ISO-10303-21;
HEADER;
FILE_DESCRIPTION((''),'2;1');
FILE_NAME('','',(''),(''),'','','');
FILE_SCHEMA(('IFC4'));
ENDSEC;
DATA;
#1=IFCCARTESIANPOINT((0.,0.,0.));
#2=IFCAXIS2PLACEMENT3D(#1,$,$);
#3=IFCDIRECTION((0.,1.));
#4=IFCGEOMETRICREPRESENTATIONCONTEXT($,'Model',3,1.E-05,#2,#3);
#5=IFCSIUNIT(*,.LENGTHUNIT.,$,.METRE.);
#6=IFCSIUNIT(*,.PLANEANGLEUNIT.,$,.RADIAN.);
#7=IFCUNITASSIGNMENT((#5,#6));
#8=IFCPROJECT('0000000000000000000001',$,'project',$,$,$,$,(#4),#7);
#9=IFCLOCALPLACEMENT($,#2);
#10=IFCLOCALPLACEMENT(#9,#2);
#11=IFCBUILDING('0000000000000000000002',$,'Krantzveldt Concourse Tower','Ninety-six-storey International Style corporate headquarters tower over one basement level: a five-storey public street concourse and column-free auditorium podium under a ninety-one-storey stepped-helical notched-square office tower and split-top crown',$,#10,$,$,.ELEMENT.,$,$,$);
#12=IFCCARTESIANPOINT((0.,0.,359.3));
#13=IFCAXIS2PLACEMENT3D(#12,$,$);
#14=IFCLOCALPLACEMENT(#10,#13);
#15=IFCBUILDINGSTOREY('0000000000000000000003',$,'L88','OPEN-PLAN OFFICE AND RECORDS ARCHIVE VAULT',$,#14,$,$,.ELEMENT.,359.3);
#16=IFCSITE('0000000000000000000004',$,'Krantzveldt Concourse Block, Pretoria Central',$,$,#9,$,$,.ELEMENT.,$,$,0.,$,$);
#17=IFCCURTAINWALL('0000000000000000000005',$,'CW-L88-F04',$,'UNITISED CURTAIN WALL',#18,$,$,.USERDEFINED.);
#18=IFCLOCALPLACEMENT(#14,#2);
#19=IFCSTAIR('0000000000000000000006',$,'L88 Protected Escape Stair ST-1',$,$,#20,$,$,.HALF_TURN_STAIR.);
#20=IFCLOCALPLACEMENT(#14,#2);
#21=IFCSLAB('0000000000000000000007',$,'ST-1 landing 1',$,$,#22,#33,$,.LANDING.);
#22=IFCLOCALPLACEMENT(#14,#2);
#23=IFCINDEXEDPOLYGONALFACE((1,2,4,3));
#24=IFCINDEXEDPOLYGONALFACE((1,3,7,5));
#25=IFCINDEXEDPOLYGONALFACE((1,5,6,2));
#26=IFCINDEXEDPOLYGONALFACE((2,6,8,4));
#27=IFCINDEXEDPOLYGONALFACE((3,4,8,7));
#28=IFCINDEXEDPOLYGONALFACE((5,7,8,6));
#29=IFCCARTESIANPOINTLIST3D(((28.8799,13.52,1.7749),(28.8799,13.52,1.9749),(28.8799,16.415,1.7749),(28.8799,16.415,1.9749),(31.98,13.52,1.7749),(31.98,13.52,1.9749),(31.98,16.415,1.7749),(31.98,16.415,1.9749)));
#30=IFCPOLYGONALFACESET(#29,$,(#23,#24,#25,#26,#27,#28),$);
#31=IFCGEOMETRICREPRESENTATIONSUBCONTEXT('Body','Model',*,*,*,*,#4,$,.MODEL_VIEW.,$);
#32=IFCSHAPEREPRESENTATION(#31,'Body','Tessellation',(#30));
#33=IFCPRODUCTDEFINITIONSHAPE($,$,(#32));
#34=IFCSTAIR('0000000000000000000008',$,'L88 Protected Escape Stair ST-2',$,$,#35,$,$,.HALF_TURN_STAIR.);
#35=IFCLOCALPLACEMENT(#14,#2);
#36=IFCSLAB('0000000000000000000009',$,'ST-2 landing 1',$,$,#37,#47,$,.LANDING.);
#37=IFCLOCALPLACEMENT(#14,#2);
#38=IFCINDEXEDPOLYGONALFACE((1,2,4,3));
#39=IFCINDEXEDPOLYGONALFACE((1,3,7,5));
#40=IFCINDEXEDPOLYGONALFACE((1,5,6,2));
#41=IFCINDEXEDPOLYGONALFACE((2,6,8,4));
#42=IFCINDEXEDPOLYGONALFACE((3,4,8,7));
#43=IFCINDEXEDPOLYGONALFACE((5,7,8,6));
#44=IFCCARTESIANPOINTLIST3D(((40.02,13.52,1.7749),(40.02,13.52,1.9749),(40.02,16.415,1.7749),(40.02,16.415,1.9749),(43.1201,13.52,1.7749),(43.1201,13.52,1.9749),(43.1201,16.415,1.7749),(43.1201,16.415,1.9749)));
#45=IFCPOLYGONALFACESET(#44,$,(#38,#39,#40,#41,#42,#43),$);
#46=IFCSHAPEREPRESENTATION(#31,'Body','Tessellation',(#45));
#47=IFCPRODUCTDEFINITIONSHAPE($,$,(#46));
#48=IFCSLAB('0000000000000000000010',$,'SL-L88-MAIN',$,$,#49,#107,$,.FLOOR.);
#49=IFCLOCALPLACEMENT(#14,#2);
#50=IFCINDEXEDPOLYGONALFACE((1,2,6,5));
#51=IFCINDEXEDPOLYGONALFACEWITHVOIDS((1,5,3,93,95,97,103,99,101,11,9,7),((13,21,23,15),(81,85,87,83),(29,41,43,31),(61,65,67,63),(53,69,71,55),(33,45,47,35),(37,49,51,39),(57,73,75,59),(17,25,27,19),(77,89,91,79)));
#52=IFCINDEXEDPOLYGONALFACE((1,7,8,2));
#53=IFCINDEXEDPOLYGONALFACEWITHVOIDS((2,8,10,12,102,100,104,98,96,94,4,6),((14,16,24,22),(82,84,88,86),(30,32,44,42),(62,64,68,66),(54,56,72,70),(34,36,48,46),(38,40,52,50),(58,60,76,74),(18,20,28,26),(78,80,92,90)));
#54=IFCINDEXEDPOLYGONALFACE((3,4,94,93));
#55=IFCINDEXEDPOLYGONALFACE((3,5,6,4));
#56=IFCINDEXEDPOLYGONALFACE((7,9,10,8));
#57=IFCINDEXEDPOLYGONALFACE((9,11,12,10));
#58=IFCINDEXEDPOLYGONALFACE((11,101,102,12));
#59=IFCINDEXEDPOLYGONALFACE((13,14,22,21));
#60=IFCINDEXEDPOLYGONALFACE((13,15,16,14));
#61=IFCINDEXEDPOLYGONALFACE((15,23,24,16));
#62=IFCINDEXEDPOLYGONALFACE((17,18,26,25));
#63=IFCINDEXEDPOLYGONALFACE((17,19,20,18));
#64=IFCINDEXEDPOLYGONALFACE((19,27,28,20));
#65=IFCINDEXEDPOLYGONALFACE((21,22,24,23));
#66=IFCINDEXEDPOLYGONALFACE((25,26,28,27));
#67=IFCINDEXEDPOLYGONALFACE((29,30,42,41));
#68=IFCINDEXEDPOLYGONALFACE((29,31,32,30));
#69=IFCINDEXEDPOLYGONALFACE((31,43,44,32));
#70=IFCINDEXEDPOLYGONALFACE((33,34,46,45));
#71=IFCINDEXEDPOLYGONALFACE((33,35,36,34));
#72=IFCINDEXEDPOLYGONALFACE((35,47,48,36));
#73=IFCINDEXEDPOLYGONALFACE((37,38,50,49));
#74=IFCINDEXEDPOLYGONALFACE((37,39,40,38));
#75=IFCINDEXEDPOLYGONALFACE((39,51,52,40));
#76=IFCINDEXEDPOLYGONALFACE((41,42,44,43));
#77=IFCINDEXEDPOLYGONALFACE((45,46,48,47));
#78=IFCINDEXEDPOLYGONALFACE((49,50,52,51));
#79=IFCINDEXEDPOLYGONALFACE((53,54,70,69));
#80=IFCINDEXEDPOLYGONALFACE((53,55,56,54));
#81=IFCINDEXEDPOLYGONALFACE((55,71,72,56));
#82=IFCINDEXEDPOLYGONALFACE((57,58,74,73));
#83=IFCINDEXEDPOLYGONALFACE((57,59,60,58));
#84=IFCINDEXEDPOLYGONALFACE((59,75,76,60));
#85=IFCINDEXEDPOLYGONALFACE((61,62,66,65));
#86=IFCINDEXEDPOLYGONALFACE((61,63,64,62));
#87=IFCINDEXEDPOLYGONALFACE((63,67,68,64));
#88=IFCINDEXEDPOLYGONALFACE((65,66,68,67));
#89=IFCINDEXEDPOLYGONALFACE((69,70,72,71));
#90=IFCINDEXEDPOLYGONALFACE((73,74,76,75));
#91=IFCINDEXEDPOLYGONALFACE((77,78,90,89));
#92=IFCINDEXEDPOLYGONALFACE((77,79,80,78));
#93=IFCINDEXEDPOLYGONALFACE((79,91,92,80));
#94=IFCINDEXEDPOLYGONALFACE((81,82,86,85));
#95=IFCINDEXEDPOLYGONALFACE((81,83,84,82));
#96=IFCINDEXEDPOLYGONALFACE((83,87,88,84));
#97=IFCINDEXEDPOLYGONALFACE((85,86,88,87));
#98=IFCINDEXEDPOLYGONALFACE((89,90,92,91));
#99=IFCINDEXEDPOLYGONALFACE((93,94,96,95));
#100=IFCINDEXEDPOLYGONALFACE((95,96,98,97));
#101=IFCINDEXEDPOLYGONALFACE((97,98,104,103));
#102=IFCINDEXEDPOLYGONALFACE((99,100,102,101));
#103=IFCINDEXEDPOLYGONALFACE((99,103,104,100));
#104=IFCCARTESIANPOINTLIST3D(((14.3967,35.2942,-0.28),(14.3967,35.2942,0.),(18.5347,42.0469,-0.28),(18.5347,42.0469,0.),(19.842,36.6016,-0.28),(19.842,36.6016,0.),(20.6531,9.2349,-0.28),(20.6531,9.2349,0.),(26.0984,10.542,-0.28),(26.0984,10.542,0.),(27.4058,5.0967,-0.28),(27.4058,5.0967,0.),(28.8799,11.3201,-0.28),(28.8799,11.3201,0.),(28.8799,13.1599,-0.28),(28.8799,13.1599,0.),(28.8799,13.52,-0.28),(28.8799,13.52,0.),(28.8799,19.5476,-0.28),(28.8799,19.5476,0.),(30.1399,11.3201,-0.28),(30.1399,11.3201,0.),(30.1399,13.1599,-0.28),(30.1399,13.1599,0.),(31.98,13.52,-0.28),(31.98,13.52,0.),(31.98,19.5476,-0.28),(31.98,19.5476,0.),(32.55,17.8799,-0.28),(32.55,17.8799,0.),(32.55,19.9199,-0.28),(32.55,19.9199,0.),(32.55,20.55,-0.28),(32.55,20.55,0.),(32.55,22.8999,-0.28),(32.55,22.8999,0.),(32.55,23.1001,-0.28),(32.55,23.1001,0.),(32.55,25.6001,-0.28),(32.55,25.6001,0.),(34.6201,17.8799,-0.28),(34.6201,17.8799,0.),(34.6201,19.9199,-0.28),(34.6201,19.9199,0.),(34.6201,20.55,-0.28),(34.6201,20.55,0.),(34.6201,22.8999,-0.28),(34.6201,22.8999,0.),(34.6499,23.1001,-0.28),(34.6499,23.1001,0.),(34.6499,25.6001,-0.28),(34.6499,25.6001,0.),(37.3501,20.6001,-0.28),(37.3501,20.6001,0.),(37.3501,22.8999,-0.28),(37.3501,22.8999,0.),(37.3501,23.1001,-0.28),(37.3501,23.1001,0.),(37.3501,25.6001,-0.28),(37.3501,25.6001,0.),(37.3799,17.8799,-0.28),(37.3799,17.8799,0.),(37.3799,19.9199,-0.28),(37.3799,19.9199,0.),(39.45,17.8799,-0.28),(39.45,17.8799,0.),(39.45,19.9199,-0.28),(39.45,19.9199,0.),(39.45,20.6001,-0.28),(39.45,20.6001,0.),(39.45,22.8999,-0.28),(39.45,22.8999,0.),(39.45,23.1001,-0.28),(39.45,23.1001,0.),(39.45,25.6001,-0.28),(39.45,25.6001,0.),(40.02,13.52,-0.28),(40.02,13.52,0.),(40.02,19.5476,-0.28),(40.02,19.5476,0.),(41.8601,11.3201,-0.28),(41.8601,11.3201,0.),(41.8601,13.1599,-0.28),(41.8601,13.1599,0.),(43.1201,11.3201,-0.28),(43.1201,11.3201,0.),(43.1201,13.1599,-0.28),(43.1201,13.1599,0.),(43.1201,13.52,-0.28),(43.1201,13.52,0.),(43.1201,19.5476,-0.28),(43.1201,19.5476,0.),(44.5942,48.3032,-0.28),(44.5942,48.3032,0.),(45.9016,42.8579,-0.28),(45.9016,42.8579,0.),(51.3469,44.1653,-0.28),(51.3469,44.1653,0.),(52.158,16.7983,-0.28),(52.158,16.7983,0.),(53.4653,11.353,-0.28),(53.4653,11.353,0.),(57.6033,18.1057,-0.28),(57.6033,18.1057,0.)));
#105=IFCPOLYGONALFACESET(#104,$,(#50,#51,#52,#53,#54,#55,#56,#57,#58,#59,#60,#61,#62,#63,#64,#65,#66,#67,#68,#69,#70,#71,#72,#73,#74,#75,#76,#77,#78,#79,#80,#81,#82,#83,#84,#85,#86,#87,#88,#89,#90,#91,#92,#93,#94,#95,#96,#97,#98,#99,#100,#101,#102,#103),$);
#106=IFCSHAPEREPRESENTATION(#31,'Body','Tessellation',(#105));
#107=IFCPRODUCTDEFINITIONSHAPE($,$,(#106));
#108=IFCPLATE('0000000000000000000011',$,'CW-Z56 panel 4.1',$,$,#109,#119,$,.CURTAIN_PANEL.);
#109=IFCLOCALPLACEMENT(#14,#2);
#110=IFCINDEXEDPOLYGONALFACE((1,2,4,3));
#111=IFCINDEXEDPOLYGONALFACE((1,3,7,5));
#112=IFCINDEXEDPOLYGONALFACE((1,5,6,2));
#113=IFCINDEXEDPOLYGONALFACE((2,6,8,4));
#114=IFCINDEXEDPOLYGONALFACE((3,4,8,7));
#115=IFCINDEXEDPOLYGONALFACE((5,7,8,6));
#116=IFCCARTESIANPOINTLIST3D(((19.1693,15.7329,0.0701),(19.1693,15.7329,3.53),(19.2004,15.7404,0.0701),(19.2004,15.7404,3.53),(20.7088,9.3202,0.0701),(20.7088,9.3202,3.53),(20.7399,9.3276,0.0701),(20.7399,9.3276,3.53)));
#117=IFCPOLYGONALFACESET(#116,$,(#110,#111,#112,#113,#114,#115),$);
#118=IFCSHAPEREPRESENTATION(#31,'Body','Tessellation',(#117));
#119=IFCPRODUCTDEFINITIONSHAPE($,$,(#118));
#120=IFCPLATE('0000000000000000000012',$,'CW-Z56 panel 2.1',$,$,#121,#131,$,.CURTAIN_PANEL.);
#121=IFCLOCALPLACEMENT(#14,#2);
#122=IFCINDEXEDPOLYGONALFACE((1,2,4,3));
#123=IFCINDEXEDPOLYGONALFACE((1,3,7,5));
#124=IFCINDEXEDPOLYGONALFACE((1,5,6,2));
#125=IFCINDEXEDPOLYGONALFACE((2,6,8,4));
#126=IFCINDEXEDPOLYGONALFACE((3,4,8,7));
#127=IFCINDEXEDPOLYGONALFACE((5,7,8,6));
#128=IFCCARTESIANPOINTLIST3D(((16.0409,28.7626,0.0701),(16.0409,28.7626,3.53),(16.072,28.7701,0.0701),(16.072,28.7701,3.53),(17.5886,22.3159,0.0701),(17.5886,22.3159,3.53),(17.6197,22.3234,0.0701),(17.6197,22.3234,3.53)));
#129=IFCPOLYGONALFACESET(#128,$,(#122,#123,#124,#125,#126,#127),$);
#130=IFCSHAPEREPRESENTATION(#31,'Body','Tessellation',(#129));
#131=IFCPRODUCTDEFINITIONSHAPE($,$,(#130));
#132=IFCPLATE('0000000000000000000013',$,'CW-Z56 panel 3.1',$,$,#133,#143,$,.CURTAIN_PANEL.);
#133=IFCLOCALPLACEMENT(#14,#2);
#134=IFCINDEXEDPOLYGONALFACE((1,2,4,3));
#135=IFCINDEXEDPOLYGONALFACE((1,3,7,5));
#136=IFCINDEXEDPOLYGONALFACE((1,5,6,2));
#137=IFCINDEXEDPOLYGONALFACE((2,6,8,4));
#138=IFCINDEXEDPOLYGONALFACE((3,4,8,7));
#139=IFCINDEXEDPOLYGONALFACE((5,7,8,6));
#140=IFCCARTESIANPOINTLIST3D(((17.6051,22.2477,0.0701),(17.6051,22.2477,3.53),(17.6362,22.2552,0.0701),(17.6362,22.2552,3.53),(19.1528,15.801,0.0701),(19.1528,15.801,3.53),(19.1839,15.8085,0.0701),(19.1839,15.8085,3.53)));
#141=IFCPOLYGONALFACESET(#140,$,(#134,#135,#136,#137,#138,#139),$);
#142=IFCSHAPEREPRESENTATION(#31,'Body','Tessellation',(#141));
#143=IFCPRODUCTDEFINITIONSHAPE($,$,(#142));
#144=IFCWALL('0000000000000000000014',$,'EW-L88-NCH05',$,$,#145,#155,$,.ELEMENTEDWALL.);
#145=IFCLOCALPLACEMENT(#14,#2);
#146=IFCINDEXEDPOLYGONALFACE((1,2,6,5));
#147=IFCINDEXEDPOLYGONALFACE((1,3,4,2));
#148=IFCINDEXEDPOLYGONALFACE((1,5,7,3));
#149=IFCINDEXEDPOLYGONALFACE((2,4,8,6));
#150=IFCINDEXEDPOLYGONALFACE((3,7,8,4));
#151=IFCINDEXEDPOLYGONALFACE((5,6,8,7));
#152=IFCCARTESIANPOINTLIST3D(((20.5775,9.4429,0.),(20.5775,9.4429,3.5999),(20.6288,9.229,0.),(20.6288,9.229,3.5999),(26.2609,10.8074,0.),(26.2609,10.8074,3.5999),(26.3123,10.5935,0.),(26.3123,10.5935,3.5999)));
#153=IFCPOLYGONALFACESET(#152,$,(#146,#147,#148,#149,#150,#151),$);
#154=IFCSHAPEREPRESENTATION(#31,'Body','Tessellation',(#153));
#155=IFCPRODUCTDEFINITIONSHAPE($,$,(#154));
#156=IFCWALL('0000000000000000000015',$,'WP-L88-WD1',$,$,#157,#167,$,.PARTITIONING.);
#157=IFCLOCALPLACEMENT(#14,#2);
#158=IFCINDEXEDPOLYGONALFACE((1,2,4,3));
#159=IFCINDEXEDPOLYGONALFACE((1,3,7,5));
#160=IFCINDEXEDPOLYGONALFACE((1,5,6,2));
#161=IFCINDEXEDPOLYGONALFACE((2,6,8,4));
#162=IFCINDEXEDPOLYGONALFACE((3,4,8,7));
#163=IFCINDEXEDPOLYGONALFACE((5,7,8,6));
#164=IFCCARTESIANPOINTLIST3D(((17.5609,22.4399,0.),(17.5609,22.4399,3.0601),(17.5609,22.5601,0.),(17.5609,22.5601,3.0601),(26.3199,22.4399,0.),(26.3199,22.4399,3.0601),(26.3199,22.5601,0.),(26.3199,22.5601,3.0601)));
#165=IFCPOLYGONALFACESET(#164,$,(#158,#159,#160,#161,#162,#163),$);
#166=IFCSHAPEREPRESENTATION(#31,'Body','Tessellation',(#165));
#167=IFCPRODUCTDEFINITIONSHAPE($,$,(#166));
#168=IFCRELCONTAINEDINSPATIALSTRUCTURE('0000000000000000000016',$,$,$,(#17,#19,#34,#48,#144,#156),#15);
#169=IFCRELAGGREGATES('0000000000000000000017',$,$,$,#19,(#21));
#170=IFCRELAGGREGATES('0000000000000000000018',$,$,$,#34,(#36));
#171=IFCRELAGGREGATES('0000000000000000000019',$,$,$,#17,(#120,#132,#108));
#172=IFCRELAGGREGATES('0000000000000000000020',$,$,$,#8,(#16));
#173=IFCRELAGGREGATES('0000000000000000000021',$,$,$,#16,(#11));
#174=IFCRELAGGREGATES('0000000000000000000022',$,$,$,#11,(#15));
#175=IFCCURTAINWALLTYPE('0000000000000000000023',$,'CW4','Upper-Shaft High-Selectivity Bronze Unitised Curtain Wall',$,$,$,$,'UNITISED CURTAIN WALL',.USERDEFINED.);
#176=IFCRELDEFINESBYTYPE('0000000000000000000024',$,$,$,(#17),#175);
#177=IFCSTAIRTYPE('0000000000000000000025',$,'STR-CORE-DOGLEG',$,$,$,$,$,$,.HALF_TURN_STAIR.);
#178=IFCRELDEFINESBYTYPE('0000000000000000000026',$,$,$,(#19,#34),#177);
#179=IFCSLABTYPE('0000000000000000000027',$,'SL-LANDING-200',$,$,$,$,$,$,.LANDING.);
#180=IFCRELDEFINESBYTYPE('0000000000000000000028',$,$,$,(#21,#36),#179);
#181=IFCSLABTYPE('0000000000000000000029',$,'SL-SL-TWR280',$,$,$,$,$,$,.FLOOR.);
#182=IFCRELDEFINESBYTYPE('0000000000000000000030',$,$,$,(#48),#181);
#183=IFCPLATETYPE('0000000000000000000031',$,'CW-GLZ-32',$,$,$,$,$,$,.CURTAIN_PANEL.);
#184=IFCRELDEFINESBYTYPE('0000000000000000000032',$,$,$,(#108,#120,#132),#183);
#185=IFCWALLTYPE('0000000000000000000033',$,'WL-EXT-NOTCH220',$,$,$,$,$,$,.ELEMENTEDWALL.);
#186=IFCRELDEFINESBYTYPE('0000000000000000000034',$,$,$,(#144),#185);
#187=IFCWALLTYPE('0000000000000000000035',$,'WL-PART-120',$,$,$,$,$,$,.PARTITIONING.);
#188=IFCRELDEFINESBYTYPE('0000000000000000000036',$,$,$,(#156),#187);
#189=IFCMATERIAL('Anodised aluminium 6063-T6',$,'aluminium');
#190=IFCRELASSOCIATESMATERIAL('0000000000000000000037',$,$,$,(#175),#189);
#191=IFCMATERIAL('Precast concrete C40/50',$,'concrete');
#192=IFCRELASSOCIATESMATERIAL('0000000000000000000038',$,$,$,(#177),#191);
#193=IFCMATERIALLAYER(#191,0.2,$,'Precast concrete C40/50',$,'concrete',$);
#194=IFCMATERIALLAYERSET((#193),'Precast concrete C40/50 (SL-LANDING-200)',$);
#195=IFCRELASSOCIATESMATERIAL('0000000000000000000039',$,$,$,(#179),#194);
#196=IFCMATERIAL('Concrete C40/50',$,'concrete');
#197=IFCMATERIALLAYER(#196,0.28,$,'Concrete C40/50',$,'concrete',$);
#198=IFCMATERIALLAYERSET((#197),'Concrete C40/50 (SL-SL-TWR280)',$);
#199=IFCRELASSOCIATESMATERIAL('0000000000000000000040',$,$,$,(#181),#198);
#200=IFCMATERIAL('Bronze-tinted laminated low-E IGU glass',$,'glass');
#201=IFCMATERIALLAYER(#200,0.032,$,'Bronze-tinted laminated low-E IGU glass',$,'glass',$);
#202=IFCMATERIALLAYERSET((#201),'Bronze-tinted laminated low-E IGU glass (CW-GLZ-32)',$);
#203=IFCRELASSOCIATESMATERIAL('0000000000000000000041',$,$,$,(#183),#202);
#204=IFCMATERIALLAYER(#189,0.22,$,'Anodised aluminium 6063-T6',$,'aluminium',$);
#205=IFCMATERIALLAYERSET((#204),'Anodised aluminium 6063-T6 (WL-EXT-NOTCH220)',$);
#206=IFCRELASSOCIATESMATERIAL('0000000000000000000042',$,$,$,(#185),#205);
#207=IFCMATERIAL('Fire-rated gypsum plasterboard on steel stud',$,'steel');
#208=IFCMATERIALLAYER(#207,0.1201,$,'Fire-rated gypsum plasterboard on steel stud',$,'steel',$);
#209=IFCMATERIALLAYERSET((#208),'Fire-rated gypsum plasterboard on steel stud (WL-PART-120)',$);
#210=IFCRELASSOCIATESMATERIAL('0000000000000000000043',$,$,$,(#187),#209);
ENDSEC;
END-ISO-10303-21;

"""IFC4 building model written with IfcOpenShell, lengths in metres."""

from ifc_helpers import new_model, si_unit, direction, frame, frame_2d, origin, origin_2d, place, context, subcontext, project, spatial, polyline, rectangle, outline, extrude, source, transform, mapped, material, layer, layer_set, type_object, type_shapes, element, aggregate, save


model = new_model("IFC4")

# Units and contexts
model_context = context("Model", 3, precision=1e-05, world=origin(), true_north=direction((0.0, 1.0)))
body_context = subcontext(model_context, "Body", "Model", "MODEL_VIEW")
ifc_project = project(units=[si_unit("LENGTHUNIT", "METRE"), si_unit("PLANEANGLEUNIT", "RADIAN")], contexts=[model_context])

# Site, building, storey
site_placement = place(None, origin())
site = spatial("IfcSite", under=ifc_project, at=site_placement, Name="Krantzveldt Concourse Block, Pretoria Central", CompositionType="ELEMENT", RefElevation=0.0)
building_placement = place(site_placement, origin())
building = spatial("IfcBuilding", under=site, at=building_placement, Name="Krantzveldt Concourse Tower", Description="Ninety-six-storey International Style corporate headquarters tower over one basement level: a five-storey public street concourse and column-free auditorium podium under a ninety-one-storey stepped-helical notched-square office tower and split-top crown", CompositionType="ELEMENT")
storey_placement = place(building_placement, frame((0.0, 0.0, 359.3)))
storey = spatial("IfcBuildingStorey", under=building, at=storey_placement, Name="L88", Description="OPEN-PLAN OFFICE AND RECORDS ARCHIVE VAULT", CompositionType="ELEMENT", Elevation=359.3)

# Curtain wall
ifc_material_1 = material(Name="Anodised aluminium 6063-T6", Category="aluminium")
curtain_wall_type = type_object("IfcCurtainWallType", Name="CW4", Description="Upper-Shaft High-Selectivity Bronze Unitised Curtain Wall", ElementType="UNITISED CURTAIN WALL", PredefinedType="USERDEFINED", material=ifc_material_1)
curtain_wall_placement = place(storey_placement, origin())
curtain_wall = element("IfcCurtainWall", 1, at=curtain_wall_placement, inside=storey, type_object=curtain_wall_type, Name="CW-L88-F04", ObjectType="UNITISED CURTAIN WALL", PredefinedType="USERDEFINED")

# Stairs, slabs
ifc_material_2 = material(Name="Precast concrete C40/50", Category="concrete")
stair_type = type_object("IfcStairType", Name="STR-CORE-DOGLEG", PredefinedType="HALF_TURN_STAIR", material=ifc_material_2)
stair_1_placement = place(storey_placement, origin())
stair_1 = element("IfcStair", 2, at=stair_1_placement, inside=storey, type_object=stair_type, Name="L88 Protected Escape Stair ST-1", PredefinedType="HALF_TURN_STAIR")
ifc_layer_1 = layer(ifc_material_2, 0.2, Name="Precast concrete C40/50", Category="concrete")
ifc_layer_set_1 = layer_set([ifc_layer_1], Name="Precast concrete C40/50 (SL-LANDING-200)")
slab_type_1 = type_object("IfcSlabType", Name="SL-LANDING-200", PredefinedType="LANDING", material=ifc_layer_set_1)
slab_1_placement = place(storey_placement, frame((0.0, 0.0, 1.7749)))
slab_1 = element("IfcSlab", 3, at=slab_1_placement, type_object=slab_type_1, Name="ST-1 landing 1", PredefinedType="LANDING", context=body_context, shape_type="SweptSolid", body=[
    extrude(outline(polyline([(28.8799, 16.415), (28.8799, 13.52), (31.98, 13.52), (31.98, 16.415), (28.8799, 16.415)])), origin(), (0.0, 0.0, 1.0), 0.2),
])
aggregate(stair_1, [slab_1])
stair_2_placement = place(storey_placement, origin())
stair_2 = element("IfcStair", 4, at=stair_2_placement, inside=storey, type_object=stair_type, Name="L88 Protected Escape Stair ST-2", PredefinedType="HALF_TURN_STAIR")
slab_2_placement = place(storey_placement, frame((0.0, 0.0, 1.7749)))
slab_2 = element("IfcSlab", 5, at=slab_2_placement, type_object=slab_type_1, Name="ST-2 landing 1", PredefinedType="LANDING", context=body_context, shape_type="SweptSolid", body=[
    extrude(outline(polyline([(40.02, 16.415), (40.02, 13.52), (43.1201, 13.52), (43.1201, 16.415), (40.02, 16.415)])), origin(), (0.0, 0.0, 1.0), 0.2),
])
aggregate(stair_2, [slab_2])

# Slab
ifc_material_3 = material(Name="Concrete C40/50", Category="concrete")
ifc_layer_2 = layer(ifc_material_3, 0.28, Name="Concrete C40/50", Category="concrete")
ifc_layer_set_2 = layer_set([ifc_layer_2], Name="Concrete C40/50 (SL-SL-TWR280)")
slab_type_2 = type_object("IfcSlabType", Name="SL-SL-TWR280", PredefinedType="FLOOR", material=ifc_layer_set_2)
slab_3_placement = place(storey_placement, frame((0.0, 0.0, -0.28)))
element("IfcSlab", 6, at=slab_3_placement, inside=storey, type_object=slab_type_2, Name="SL-L88-MAIN", PredefinedType="FLOOR", context=body_context, shape_type="SweptSolid", body=[
    extrude(outline(polyline([(45.9016, 42.8579), (44.5942, 48.3032), (18.5347, 42.0469), (19.842, 36.6016), (14.3967, 35.2942), (20.6531, 9.2349), (26.0984, 10.542), (27.4058, 5.0967), (53.4653, 11.353), (52.158, 16.7983), (57.6033, 18.1057), (51.3469, 44.1653), (45.9016, 42.8579)]), holes=[polyline([(28.8799, 19.5476), (28.8799, 13.52), (31.98, 13.52), (31.98, 19.5476), (28.8799, 19.5476)]), polyline([(40.02, 19.5476), (40.02, 13.52), (43.1201, 13.52), (43.1201, 19.5476), (40.02, 19.5476)]), polyline([(32.55, 23.1001), (34.6499, 23.1001), (34.6499, 25.6001), (32.55, 25.6001), (32.55, 23.1001)]), polyline([(37.3501, 23.1001), (39.45, 23.1001), (39.45, 25.6001), (37.3501, 25.6001), (37.3501, 23.1001)]), polyline([(37.3501, 20.6001), (39.45, 20.6001), (39.45, 22.8999), (37.3501, 22.8999), (37.3501, 20.6001)]), polyline([(32.55, 20.55), (34.6201, 20.55), (34.6201, 22.8999), (32.55, 22.8999), (32.55, 20.55)]), polyline([(32.55, 17.8799), (34.6201, 17.8799), (34.6201, 19.9199), (32.55, 19.9199), (32.55, 17.8799)]), polyline([(37.3799, 17.8799), (39.45, 17.8799), (39.45, 19.9199), (37.3799, 19.9199), (37.3799, 17.8799)]), polyline([(28.8799, 11.3201), (30.1399, 11.3201), (30.1399, 13.1599), (28.8799, 13.1599), (28.8799, 11.3201)]), polyline([(41.8601, 11.3201), (43.1201, 11.3201), (43.1201, 13.1599), (41.8601, 13.1599), (41.8601, 11.3201)])]), origin(), (0.0, 0.0, 1.0), 0.28),
])

# Plates
ifc_material_4 = material(Name="Bronze-tinted laminated low-E IGU glass", Category="glass")
ifc_layer_3 = layer(ifc_material_4, 0.032, Name="Bronze-tinted laminated low-E IGU glass", Category="glass")
ifc_layer_set_3 = layer_set([ifc_layer_3], Name="Bronze-tinted laminated low-E IGU glass (CW-GLZ-32)")
plate_type = type_object("IfcPlateType", Name="CW-GLZ-32", PredefinedType="CURTAIN_PANEL", material=ifc_layer_set_3)
shared_shape_1 = source(origin(), body_context, "Body", "SweptSolid", [
    extrude(rectangle(XDim=6.595, YDim=0.032, at=origin_2d()), origin(), (0.0, 0.0, 1.0), 3.46),
])
plate_1_placement = place(storey_placement, frame((19.9546, 12.5303, 0.0701), z_axis=(0.0, 0.0, 1.0), x_axis=(0.233445, -0.97237, 0.0)))
plate_1 = element("IfcPlate", 7, at=plate_1_placement, type_object=plate_type, Name="CW-Z56 panel 4.1", PredefinedType="CURTAIN_PANEL", context=body_context, shape_type="MappedRepresentation", body=[
    mapped(shared_shape_1, transform((0.0, 0.0, 0.0), x_axis=(1.0, 0.0, 0.0), y_axis=(0.0, 1.0, 0.0), z_axis=(0.0, 0.0, 1.0), scale=1.0)),
])
shared_shape_2 = source(origin(), body_context, "Body", "SweptSolid", [
    extrude(rectangle(XDim=6.6299, YDim=0.032, at=origin_2d()), origin(), (0.0, 0.0, 1.0), 3.46),
])
type_shapes(plate_type, [shared_shape_1, shared_shape_2])
plate_2_placement = place(storey_placement, frame((16.8303, 25.543, 0.0701), z_axis=(0.0, 0.0, 1.0), x_axis=(0.233445, -0.97237, 0.0)))
plate_2 = element("IfcPlate", 8, at=plate_2_placement, type_object=plate_type, Name="CW-Z56 panel 2.1", PredefinedType="CURTAIN_PANEL", context=body_context, shape_type="MappedRepresentation", body=[
    mapped(shared_shape_2, transform((0.0, 0.0, 0.0), x_axis=(1.0, 0.0, 0.0), y_axis=(0.0, 1.0, 0.0), z_axis=(0.0, 0.0, 1.0), scale=1.0)),
])
plate_3_placement = place(storey_placement, frame((18.3945, 19.0281, 0.0701), z_axis=(0.0, 0.0, 1.0), x_axis=(0.233445, -0.97237, 0.0)))
plate_3 = element("IfcPlate", 9, at=plate_3_placement, type_object=plate_type, Name="CW-Z56 panel 3.1", PredefinedType="CURTAIN_PANEL", context=body_context, shape_type="MappedRepresentation", body=[
    mapped(shared_shape_2, transform((0.0, 0.0, 0.0), x_axis=(1.0, 0.0, 0.0), y_axis=(0.0, 1.0, 0.0), z_axis=(0.0, 0.0, 1.0), scale=1.0)),
])
aggregate(curtain_wall, [plate_2, plate_3, plate_1])

# Walls
ifc_layer_4 = layer(ifc_material_1, 0.22, Name="Anodised aluminium 6063-T6", Category="aluminium")
ifc_layer_set_4 = layer_set([ifc_layer_4], Name="Anodised aluminium 6063-T6 (WL-EXT-NOTCH220)")
wall_type_1 = type_object("IfcWallType", Name="WL-EXT-NOTCH220", PredefinedType="ELEMENTEDWALL", material=ifc_layer_set_4)
wall_1_placement = place(storey_placement, frame((20.6033, 9.3359, 0.0), z_axis=(0.0, 0.0, 1.0), x_axis=(0.972368, 0.233454, 0.0)))
element("IfcWall", 10, at=wall_1_placement, inside=storey, type_object=wall_type_1, Name="EW-L88-NCH05", PredefinedType="ELEMENTEDWALL", context=body_context, shape_type="SweptSolid", body=[
    extrude(rectangle(XDim=5.845, YDim=0.22, at=frame_2d((2.9224, 0.0))), origin(), (0.0, 0.0, 1.0), 3.5999),
])
ifc_material_5 = material(Name="Fire-rated gypsum plasterboard on steel stud", Category="steel")
ifc_layer_5 = layer(ifc_material_5, 0.1201, Name="Fire-rated gypsum plasterboard on steel stud", Category="steel")
ifc_layer_set_5 = layer_set([ifc_layer_5], Name="Fire-rated gypsum plasterboard on steel stud (WL-PART-120)")
wall_type_2 = type_object("IfcWallType", Name="WL-PART-120", PredefinedType="PARTITIONING", material=ifc_layer_set_5)
wall_2_placement = place(storey_placement, frame((17.561, 22.5, 0.0), z_axis=(0.0, 0.0, 1.0), x_axis=(1.0, 0.0, 0.0)))
element("IfcWall", 11, at=wall_2_placement, inside=storey, type_object=wall_type_2, Name="WP-L88-WD1", PredefinedType="PARTITIONING", context=body_context, shape_type="SweptSolid", body=[
    extrude(rectangle(XDim=8.759, YDim=0.1201, at=frame_2d((4.3794, 0.0))), origin(), (0.0, 0.0, 1.0), 3.0601),
])

save(model, "model.ifc")
